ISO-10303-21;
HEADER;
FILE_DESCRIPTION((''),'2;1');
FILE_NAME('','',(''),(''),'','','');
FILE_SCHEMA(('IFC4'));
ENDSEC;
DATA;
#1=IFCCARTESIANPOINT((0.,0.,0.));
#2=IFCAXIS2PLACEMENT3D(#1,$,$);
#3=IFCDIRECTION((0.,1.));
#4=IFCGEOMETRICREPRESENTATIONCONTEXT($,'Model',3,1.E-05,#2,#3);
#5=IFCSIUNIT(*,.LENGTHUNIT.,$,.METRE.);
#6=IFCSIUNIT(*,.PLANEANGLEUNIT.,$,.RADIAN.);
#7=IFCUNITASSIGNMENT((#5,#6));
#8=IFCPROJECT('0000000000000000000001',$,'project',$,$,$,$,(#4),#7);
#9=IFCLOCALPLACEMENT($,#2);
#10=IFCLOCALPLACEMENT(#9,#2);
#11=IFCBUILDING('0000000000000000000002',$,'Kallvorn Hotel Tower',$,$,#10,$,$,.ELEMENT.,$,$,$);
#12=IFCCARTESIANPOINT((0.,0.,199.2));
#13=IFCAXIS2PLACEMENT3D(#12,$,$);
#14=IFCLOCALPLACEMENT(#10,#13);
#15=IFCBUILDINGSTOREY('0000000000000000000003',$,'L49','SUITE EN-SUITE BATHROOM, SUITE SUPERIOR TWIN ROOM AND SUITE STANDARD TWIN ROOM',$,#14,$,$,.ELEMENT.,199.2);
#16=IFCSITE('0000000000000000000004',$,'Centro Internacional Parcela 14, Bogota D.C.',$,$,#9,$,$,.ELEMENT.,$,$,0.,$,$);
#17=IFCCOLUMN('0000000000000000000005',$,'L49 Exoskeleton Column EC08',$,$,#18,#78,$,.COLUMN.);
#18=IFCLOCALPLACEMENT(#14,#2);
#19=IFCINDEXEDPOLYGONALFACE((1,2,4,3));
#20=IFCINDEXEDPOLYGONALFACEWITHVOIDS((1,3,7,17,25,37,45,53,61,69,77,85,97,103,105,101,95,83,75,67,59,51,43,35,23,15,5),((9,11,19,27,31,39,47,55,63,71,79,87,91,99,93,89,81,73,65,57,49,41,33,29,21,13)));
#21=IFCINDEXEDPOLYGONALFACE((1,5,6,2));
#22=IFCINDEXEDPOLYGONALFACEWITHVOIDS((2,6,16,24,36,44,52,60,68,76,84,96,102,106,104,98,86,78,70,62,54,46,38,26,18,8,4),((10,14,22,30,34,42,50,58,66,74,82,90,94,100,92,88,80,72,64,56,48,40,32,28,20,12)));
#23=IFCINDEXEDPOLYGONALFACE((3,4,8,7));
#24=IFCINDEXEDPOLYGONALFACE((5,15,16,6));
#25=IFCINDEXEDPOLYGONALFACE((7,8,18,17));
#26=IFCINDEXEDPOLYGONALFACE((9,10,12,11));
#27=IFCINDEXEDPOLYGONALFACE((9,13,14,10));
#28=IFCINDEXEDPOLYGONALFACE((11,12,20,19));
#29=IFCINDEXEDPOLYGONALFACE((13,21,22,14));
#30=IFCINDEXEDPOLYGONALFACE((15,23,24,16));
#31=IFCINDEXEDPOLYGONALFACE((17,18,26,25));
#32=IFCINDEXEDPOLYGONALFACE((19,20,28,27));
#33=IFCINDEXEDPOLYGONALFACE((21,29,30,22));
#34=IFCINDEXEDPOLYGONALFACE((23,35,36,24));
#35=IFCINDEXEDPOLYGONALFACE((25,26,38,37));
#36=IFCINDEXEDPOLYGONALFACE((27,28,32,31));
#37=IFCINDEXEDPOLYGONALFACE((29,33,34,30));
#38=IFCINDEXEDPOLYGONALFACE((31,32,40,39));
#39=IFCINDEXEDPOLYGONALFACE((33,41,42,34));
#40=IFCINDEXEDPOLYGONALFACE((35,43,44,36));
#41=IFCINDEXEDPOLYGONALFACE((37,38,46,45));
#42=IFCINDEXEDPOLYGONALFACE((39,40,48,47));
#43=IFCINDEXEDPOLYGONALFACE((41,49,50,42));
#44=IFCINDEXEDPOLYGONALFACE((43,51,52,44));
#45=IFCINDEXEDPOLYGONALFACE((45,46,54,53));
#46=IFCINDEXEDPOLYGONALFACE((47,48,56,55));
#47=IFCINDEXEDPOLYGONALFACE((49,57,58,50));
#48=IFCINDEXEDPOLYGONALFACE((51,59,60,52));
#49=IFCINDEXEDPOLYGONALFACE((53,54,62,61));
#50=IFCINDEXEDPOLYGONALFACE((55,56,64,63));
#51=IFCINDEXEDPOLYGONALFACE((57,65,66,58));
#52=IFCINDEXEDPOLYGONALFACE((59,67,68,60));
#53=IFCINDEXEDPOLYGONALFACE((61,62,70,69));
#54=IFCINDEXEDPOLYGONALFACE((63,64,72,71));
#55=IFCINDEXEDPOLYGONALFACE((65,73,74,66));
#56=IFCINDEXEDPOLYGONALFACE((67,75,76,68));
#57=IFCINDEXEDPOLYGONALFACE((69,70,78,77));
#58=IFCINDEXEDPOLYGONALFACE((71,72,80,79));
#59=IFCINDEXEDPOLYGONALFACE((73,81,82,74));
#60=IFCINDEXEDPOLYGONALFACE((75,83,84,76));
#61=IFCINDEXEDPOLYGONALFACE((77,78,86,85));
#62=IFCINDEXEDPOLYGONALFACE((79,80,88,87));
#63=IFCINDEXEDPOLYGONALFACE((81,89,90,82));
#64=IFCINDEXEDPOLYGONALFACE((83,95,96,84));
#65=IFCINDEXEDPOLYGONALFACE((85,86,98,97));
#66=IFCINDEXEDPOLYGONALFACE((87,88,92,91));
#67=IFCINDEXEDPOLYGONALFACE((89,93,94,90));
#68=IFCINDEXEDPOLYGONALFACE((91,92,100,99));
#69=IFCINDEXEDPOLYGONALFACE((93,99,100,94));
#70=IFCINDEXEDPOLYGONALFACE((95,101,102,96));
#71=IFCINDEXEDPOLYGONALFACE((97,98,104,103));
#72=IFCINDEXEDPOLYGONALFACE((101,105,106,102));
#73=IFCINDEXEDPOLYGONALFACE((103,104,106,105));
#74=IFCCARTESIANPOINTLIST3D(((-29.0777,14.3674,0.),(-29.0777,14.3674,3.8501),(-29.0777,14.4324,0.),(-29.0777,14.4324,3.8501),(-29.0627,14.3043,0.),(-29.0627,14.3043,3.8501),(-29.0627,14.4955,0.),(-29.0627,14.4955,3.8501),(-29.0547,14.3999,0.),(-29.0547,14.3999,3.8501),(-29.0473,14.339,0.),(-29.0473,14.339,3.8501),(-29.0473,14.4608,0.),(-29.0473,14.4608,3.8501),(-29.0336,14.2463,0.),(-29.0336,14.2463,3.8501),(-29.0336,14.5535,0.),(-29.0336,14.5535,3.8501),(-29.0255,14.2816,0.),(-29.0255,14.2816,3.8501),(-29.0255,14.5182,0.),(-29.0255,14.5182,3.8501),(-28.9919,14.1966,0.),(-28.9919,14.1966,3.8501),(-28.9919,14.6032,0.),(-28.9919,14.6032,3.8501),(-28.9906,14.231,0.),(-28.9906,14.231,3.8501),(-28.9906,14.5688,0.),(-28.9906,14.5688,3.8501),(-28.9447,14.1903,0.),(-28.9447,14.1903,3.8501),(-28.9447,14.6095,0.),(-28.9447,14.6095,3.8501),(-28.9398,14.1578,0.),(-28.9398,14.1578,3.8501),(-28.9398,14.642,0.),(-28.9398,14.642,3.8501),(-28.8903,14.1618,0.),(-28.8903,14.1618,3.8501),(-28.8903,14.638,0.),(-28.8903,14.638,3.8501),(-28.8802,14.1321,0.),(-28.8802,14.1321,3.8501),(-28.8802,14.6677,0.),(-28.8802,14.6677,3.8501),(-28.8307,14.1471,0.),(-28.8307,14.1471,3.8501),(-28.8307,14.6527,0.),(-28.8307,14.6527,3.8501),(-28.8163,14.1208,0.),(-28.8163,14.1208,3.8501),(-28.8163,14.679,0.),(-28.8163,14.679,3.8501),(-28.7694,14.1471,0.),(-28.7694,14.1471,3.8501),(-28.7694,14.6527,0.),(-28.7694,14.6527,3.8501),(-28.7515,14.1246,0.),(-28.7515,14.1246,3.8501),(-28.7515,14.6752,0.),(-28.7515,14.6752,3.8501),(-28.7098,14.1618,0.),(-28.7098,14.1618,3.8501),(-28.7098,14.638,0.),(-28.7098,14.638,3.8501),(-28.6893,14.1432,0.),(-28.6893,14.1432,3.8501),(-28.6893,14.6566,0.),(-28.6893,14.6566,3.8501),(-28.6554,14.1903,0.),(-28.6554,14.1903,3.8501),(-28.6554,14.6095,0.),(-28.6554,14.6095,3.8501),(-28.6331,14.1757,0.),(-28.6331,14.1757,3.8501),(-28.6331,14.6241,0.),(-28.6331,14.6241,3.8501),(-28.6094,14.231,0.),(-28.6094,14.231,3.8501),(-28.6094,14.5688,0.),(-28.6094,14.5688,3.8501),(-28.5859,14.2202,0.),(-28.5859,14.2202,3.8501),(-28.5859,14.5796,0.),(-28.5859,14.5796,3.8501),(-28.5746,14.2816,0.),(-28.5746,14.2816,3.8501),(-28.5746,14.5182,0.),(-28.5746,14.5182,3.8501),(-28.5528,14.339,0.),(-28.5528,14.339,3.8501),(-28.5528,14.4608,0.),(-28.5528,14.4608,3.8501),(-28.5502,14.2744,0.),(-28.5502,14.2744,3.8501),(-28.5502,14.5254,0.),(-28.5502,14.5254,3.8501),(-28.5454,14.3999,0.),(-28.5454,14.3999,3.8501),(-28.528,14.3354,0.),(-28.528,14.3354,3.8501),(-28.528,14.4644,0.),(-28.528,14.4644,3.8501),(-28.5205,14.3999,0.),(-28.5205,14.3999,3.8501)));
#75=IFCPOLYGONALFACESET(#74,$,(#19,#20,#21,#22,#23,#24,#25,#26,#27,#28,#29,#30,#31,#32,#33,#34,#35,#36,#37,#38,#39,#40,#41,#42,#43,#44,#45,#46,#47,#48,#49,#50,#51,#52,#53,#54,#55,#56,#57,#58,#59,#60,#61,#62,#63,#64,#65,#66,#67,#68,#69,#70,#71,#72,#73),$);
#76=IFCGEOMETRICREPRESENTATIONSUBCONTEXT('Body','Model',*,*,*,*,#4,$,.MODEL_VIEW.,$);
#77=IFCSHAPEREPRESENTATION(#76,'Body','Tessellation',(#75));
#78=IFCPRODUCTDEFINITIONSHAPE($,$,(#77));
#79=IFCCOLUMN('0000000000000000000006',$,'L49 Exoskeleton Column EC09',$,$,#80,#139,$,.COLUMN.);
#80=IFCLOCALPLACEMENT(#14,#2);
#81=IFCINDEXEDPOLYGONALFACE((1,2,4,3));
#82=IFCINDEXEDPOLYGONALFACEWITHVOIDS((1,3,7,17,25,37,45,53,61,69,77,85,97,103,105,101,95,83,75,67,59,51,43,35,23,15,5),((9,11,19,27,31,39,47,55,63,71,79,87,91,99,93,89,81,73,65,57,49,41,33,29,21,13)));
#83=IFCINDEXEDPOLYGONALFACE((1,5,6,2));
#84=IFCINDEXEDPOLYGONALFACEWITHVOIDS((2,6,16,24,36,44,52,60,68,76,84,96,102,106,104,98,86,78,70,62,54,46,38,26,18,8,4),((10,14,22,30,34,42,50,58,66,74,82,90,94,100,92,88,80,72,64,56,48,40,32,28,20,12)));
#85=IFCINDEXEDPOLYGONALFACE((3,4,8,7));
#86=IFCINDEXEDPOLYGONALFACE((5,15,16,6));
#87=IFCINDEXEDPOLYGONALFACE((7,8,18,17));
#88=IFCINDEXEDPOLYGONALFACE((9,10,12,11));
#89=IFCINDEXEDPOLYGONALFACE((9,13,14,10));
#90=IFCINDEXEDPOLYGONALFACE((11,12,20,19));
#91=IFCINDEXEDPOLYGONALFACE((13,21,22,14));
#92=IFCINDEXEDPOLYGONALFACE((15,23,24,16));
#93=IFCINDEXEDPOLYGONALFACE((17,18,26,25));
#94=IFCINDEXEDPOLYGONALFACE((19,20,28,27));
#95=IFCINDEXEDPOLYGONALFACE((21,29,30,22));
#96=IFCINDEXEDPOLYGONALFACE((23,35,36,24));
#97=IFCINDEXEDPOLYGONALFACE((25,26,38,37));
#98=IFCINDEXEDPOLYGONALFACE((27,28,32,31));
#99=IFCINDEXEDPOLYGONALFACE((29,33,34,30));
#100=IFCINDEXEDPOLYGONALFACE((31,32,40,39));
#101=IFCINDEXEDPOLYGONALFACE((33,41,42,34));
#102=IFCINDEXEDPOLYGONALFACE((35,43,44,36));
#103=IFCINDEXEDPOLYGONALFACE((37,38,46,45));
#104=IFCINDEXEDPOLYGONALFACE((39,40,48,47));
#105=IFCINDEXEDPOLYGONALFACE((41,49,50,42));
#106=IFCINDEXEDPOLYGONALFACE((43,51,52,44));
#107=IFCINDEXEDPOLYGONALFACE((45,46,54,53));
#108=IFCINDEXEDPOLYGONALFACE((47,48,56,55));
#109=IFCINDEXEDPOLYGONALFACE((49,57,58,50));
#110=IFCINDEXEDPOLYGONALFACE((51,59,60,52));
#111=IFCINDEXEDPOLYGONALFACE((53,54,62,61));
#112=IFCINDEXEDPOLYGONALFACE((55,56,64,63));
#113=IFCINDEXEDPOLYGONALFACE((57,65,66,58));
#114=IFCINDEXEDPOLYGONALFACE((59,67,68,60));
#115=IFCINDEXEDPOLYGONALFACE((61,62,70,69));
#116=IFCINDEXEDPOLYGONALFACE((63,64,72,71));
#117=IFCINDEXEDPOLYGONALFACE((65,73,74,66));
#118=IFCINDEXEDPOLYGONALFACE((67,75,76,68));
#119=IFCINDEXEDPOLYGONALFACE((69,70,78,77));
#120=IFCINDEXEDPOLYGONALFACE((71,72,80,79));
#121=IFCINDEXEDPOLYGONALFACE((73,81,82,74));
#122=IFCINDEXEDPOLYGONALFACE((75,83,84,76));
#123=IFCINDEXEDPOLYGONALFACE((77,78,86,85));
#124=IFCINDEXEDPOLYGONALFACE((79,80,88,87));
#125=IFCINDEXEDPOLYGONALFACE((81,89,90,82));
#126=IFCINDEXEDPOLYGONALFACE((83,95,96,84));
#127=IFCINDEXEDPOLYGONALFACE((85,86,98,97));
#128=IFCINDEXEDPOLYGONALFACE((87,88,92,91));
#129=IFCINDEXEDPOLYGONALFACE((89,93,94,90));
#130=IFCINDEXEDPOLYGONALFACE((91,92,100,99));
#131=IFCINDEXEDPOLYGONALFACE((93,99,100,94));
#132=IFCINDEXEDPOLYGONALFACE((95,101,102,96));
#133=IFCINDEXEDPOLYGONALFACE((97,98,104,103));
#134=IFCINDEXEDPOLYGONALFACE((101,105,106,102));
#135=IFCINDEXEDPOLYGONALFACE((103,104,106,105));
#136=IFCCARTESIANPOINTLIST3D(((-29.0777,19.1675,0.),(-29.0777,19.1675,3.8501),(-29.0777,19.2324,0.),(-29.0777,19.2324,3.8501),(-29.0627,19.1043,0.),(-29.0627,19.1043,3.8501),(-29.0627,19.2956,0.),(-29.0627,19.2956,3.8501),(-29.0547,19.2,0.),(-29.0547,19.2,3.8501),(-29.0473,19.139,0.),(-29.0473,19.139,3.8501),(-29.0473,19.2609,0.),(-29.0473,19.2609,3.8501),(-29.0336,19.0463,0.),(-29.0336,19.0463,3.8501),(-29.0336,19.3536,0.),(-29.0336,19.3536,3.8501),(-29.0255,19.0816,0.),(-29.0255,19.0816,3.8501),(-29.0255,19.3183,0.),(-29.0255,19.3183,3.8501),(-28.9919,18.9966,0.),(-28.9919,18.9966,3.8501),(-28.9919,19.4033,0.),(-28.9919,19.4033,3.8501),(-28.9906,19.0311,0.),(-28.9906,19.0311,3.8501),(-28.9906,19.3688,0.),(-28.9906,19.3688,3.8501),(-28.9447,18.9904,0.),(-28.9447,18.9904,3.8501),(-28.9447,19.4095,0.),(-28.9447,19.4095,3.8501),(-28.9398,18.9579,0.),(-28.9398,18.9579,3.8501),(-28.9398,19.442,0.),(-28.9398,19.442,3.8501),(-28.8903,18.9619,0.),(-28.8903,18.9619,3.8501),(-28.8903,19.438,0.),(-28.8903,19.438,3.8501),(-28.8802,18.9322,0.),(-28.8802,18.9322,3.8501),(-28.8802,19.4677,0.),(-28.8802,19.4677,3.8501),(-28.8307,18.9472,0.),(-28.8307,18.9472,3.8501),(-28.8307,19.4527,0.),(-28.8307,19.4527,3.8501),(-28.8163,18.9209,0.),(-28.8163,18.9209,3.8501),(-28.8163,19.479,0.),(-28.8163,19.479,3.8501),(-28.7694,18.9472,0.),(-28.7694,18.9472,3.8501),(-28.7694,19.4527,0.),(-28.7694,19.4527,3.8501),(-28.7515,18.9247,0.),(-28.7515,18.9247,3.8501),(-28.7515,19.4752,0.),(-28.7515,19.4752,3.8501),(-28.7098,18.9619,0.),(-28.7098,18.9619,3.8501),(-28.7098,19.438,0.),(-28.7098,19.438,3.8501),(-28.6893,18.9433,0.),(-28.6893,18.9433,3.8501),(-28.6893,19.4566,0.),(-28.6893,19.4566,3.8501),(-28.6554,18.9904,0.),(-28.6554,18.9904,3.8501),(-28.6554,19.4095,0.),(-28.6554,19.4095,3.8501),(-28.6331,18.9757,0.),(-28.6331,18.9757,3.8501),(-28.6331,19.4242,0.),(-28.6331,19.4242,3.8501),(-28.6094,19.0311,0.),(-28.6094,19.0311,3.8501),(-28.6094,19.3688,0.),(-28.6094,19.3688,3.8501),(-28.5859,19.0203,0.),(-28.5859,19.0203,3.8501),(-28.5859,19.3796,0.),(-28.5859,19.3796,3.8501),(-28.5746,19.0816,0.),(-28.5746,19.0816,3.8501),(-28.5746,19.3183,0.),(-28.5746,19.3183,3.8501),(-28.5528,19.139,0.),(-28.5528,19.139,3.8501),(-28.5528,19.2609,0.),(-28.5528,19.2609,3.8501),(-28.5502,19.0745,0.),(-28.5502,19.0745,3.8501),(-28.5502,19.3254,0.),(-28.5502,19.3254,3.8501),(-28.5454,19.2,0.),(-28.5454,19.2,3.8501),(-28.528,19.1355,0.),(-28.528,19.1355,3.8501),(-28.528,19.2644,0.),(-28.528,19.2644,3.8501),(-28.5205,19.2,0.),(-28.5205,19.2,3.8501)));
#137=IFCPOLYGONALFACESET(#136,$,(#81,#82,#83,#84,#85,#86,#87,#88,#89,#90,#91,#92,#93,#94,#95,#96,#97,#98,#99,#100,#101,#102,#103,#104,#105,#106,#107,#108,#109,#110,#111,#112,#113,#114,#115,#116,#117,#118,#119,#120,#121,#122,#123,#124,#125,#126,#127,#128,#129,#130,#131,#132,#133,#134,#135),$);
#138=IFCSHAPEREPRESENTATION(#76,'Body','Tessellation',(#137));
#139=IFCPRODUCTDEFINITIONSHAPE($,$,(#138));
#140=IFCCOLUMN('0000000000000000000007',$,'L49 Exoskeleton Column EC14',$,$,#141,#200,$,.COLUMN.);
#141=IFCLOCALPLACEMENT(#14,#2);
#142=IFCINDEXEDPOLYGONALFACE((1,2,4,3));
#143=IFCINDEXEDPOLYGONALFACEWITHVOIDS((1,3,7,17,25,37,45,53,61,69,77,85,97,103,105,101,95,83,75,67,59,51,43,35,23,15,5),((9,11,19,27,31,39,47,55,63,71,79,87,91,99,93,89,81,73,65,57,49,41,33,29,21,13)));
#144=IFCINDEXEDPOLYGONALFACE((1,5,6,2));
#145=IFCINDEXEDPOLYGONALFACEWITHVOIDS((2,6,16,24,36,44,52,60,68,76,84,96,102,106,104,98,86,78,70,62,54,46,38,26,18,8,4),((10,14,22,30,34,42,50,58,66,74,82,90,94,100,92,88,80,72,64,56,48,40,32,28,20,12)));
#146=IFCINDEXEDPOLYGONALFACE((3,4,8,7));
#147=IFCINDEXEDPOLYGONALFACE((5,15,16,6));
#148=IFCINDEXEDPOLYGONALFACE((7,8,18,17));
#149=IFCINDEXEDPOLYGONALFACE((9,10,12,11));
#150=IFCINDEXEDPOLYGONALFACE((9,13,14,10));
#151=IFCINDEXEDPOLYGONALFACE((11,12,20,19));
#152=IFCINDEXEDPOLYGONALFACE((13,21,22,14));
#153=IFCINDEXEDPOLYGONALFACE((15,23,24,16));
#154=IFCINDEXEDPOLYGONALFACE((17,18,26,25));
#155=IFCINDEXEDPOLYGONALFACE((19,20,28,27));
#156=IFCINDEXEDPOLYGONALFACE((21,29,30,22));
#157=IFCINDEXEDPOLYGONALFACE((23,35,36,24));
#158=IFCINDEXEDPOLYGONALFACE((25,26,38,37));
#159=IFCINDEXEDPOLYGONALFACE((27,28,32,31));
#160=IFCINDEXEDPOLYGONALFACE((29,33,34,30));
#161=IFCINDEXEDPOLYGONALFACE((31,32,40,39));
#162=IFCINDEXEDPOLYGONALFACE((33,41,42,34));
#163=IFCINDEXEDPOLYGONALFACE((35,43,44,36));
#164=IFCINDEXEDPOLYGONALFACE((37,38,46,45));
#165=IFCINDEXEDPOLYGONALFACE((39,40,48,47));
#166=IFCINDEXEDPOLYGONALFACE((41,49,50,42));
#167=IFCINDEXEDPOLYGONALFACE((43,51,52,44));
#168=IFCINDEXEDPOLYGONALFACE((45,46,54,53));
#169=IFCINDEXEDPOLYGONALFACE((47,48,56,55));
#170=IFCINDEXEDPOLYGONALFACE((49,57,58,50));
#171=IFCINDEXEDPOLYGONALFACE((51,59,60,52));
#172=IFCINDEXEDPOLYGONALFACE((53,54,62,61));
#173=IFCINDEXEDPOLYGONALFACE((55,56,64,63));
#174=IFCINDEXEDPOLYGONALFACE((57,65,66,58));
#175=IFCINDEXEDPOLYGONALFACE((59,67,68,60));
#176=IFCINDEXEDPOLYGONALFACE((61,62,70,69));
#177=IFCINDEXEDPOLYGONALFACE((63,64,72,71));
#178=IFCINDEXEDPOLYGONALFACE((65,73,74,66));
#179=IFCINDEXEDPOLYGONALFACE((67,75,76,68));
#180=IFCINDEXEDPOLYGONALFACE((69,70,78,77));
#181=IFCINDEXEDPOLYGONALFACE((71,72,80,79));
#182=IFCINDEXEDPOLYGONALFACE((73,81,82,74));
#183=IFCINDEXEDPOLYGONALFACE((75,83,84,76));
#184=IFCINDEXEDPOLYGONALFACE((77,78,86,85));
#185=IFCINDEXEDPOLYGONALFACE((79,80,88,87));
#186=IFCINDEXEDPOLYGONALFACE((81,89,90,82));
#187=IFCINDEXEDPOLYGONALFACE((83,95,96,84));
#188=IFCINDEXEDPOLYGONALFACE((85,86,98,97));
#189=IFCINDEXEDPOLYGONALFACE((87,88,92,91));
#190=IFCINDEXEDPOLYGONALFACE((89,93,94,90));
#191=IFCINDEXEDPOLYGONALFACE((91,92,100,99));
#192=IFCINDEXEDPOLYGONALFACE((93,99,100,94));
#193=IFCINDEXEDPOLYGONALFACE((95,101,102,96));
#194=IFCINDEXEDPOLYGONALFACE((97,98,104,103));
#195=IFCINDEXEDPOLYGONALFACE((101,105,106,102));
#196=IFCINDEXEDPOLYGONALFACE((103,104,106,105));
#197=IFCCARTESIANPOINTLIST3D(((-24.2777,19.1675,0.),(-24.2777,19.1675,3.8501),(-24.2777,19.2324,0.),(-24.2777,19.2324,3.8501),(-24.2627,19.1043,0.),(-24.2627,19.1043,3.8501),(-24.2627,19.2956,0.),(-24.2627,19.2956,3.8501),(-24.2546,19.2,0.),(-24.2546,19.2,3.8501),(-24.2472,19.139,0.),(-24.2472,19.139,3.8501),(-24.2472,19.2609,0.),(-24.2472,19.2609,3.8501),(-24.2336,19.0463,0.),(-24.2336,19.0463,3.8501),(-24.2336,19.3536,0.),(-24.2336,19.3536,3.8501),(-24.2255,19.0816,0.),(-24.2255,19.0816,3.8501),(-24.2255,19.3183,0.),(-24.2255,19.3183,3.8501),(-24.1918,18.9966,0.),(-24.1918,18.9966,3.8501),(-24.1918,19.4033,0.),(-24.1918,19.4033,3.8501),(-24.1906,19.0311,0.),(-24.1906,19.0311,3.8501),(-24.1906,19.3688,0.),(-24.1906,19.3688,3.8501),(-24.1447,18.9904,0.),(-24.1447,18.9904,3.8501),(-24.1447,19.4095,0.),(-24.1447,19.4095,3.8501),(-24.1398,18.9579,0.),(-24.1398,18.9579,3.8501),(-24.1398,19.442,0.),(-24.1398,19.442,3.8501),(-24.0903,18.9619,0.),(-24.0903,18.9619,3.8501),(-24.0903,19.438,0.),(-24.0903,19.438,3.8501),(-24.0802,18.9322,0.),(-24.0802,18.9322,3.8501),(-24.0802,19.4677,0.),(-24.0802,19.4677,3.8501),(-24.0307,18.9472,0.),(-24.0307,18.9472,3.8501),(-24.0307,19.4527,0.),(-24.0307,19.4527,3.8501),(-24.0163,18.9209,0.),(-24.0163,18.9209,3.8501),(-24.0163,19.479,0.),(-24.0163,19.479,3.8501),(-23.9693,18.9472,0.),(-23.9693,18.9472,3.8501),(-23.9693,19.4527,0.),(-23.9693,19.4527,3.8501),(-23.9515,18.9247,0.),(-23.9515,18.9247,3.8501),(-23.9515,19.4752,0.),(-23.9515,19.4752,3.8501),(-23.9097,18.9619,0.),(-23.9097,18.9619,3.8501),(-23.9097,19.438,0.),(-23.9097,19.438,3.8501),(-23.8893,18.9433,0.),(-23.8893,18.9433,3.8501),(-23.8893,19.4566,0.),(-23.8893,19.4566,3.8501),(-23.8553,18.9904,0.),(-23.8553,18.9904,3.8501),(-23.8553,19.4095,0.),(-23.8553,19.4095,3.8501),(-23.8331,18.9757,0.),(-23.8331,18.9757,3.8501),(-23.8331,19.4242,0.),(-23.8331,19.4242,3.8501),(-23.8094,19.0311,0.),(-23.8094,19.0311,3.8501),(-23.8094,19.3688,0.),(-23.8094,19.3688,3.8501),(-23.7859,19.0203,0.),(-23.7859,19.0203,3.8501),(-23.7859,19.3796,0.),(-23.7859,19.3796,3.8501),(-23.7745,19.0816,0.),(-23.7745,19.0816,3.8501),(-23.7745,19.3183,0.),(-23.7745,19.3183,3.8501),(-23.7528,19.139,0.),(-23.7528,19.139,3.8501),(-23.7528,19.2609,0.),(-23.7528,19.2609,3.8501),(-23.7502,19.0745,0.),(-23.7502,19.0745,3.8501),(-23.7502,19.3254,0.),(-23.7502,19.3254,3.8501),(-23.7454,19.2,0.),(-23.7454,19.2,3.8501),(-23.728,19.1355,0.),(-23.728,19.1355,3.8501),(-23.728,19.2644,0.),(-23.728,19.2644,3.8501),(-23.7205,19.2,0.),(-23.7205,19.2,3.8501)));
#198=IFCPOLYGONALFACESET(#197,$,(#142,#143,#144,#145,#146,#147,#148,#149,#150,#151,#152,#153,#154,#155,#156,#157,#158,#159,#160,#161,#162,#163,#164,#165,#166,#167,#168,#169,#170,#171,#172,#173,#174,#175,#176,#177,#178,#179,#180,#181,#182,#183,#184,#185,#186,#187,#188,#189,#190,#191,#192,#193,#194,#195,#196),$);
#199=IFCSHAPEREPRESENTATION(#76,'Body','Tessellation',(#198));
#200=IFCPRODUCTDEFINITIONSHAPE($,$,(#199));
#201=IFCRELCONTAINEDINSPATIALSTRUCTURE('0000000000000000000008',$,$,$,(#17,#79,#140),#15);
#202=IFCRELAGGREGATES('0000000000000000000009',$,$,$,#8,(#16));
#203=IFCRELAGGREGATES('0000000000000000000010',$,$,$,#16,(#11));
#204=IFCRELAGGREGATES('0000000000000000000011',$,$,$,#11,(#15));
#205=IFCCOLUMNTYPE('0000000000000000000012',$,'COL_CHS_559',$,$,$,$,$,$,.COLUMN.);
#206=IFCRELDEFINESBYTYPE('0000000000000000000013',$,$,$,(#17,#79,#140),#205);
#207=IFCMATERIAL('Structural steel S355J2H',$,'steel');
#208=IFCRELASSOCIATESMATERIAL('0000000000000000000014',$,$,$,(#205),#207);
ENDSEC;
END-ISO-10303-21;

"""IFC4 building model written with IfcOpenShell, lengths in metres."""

from ifc_helpers import new_model, si_unit, direction, frame, origin, origin_2d, place, context, subcontext, project, spatial, hollow_circle, extrude, material, material_profile, profile_set, type_object, element, save


model = new_model("IFC4")

# Units and contexts
model_context = context("Model", 3, precision=1e-05, world=origin(), true_north=direction((0.0, 1.0)))
body_context = subcontext(model_context, "Body", "Model", "MODEL_VIEW")
ifc_project = project(units=[si_unit("LENGTHUNIT", "METRE"), si_unit("PLANEANGLEUNIT", "RADIAN")], contexts=[model_context])

# Site, building, storey
site_placement = place(None, origin())
site = spatial("IfcSite", under=ifc_project, at=site_placement, Name="Centro Internacional Parcela 14, Bogota D.C.", CompositionType="ELEMENT", RefElevation=0.0)
building_placement = place(site_placement, origin())
building = spatial("IfcBuilding", under=site, at=building_placement, Name="Kallvorn Hotel Tower", CompositionType="ELEMENT")
storey_placement = place(building_placement, frame((0.0, 0.0, 199.2)))
storey = spatial("IfcBuildingStorey", under=building, at=storey_placement, Name="L49", Description="SUITE EN-SUITE BATHROOM, SUITE SUPERIOR TWIN ROOM AND SUITE STANDARD TWIN ROOM", CompositionType="ELEMENT", Elevation=199.2)

# Columns
ifc_material_1 = material(Name="Structural steel S355J2H", Category="steel")
ifc_material_profile_1 = material_profile(ifc_material_1, hollow_circle(Radius=0.2795, WallThickness=0.0249, at=origin_2d()), Name="CHS 559x25")
ifc_profile_set_1 = profile_set([ifc_material_profile_1], Name="Structural steel S355J2H")
column_type_1 = type_object("IfcColumnType", Name="COL_CHS_559", PredefinedType="COLUMN", material=ifc_profile_set_1)
for number, where, z_axis, x_axis, name in (
    (1, (-28.8, 14.3999, 0.0), (0.0, 0.0, 1.0), (1.0, 0.0, 0.0), "L49 Exoskeleton Column EC08"),
    (2, (-28.8, 19.2, 0.0), (0.0, 0.0, 1.0), (1.0, 0.0, 0.0), "L49 Exoskeleton Column EC09"),
    (3, (-24.0, 19.2, 0.0), (0.0, 0.0, 1.0), (1.0, 0.0, 0.0), "L49 Exoskeleton Column EC14"),
):
    element("IfcColumn", number, at=place(storey_placement, frame(where, z_axis=z_axis, x_axis=x_axis)), inside=storey, type_object=column_type_1, Name=name, PredefinedType="COLUMN", context=body_context, shape_type="SweptSolid", body=[
        extrude(hollow_circle(Radius=0.2795, WallThickness=0.0249, at=origin_2d()), origin(), (0.0, 0.0, 1.0), 3.8501),
    ])

save(model, "model.ifc")
